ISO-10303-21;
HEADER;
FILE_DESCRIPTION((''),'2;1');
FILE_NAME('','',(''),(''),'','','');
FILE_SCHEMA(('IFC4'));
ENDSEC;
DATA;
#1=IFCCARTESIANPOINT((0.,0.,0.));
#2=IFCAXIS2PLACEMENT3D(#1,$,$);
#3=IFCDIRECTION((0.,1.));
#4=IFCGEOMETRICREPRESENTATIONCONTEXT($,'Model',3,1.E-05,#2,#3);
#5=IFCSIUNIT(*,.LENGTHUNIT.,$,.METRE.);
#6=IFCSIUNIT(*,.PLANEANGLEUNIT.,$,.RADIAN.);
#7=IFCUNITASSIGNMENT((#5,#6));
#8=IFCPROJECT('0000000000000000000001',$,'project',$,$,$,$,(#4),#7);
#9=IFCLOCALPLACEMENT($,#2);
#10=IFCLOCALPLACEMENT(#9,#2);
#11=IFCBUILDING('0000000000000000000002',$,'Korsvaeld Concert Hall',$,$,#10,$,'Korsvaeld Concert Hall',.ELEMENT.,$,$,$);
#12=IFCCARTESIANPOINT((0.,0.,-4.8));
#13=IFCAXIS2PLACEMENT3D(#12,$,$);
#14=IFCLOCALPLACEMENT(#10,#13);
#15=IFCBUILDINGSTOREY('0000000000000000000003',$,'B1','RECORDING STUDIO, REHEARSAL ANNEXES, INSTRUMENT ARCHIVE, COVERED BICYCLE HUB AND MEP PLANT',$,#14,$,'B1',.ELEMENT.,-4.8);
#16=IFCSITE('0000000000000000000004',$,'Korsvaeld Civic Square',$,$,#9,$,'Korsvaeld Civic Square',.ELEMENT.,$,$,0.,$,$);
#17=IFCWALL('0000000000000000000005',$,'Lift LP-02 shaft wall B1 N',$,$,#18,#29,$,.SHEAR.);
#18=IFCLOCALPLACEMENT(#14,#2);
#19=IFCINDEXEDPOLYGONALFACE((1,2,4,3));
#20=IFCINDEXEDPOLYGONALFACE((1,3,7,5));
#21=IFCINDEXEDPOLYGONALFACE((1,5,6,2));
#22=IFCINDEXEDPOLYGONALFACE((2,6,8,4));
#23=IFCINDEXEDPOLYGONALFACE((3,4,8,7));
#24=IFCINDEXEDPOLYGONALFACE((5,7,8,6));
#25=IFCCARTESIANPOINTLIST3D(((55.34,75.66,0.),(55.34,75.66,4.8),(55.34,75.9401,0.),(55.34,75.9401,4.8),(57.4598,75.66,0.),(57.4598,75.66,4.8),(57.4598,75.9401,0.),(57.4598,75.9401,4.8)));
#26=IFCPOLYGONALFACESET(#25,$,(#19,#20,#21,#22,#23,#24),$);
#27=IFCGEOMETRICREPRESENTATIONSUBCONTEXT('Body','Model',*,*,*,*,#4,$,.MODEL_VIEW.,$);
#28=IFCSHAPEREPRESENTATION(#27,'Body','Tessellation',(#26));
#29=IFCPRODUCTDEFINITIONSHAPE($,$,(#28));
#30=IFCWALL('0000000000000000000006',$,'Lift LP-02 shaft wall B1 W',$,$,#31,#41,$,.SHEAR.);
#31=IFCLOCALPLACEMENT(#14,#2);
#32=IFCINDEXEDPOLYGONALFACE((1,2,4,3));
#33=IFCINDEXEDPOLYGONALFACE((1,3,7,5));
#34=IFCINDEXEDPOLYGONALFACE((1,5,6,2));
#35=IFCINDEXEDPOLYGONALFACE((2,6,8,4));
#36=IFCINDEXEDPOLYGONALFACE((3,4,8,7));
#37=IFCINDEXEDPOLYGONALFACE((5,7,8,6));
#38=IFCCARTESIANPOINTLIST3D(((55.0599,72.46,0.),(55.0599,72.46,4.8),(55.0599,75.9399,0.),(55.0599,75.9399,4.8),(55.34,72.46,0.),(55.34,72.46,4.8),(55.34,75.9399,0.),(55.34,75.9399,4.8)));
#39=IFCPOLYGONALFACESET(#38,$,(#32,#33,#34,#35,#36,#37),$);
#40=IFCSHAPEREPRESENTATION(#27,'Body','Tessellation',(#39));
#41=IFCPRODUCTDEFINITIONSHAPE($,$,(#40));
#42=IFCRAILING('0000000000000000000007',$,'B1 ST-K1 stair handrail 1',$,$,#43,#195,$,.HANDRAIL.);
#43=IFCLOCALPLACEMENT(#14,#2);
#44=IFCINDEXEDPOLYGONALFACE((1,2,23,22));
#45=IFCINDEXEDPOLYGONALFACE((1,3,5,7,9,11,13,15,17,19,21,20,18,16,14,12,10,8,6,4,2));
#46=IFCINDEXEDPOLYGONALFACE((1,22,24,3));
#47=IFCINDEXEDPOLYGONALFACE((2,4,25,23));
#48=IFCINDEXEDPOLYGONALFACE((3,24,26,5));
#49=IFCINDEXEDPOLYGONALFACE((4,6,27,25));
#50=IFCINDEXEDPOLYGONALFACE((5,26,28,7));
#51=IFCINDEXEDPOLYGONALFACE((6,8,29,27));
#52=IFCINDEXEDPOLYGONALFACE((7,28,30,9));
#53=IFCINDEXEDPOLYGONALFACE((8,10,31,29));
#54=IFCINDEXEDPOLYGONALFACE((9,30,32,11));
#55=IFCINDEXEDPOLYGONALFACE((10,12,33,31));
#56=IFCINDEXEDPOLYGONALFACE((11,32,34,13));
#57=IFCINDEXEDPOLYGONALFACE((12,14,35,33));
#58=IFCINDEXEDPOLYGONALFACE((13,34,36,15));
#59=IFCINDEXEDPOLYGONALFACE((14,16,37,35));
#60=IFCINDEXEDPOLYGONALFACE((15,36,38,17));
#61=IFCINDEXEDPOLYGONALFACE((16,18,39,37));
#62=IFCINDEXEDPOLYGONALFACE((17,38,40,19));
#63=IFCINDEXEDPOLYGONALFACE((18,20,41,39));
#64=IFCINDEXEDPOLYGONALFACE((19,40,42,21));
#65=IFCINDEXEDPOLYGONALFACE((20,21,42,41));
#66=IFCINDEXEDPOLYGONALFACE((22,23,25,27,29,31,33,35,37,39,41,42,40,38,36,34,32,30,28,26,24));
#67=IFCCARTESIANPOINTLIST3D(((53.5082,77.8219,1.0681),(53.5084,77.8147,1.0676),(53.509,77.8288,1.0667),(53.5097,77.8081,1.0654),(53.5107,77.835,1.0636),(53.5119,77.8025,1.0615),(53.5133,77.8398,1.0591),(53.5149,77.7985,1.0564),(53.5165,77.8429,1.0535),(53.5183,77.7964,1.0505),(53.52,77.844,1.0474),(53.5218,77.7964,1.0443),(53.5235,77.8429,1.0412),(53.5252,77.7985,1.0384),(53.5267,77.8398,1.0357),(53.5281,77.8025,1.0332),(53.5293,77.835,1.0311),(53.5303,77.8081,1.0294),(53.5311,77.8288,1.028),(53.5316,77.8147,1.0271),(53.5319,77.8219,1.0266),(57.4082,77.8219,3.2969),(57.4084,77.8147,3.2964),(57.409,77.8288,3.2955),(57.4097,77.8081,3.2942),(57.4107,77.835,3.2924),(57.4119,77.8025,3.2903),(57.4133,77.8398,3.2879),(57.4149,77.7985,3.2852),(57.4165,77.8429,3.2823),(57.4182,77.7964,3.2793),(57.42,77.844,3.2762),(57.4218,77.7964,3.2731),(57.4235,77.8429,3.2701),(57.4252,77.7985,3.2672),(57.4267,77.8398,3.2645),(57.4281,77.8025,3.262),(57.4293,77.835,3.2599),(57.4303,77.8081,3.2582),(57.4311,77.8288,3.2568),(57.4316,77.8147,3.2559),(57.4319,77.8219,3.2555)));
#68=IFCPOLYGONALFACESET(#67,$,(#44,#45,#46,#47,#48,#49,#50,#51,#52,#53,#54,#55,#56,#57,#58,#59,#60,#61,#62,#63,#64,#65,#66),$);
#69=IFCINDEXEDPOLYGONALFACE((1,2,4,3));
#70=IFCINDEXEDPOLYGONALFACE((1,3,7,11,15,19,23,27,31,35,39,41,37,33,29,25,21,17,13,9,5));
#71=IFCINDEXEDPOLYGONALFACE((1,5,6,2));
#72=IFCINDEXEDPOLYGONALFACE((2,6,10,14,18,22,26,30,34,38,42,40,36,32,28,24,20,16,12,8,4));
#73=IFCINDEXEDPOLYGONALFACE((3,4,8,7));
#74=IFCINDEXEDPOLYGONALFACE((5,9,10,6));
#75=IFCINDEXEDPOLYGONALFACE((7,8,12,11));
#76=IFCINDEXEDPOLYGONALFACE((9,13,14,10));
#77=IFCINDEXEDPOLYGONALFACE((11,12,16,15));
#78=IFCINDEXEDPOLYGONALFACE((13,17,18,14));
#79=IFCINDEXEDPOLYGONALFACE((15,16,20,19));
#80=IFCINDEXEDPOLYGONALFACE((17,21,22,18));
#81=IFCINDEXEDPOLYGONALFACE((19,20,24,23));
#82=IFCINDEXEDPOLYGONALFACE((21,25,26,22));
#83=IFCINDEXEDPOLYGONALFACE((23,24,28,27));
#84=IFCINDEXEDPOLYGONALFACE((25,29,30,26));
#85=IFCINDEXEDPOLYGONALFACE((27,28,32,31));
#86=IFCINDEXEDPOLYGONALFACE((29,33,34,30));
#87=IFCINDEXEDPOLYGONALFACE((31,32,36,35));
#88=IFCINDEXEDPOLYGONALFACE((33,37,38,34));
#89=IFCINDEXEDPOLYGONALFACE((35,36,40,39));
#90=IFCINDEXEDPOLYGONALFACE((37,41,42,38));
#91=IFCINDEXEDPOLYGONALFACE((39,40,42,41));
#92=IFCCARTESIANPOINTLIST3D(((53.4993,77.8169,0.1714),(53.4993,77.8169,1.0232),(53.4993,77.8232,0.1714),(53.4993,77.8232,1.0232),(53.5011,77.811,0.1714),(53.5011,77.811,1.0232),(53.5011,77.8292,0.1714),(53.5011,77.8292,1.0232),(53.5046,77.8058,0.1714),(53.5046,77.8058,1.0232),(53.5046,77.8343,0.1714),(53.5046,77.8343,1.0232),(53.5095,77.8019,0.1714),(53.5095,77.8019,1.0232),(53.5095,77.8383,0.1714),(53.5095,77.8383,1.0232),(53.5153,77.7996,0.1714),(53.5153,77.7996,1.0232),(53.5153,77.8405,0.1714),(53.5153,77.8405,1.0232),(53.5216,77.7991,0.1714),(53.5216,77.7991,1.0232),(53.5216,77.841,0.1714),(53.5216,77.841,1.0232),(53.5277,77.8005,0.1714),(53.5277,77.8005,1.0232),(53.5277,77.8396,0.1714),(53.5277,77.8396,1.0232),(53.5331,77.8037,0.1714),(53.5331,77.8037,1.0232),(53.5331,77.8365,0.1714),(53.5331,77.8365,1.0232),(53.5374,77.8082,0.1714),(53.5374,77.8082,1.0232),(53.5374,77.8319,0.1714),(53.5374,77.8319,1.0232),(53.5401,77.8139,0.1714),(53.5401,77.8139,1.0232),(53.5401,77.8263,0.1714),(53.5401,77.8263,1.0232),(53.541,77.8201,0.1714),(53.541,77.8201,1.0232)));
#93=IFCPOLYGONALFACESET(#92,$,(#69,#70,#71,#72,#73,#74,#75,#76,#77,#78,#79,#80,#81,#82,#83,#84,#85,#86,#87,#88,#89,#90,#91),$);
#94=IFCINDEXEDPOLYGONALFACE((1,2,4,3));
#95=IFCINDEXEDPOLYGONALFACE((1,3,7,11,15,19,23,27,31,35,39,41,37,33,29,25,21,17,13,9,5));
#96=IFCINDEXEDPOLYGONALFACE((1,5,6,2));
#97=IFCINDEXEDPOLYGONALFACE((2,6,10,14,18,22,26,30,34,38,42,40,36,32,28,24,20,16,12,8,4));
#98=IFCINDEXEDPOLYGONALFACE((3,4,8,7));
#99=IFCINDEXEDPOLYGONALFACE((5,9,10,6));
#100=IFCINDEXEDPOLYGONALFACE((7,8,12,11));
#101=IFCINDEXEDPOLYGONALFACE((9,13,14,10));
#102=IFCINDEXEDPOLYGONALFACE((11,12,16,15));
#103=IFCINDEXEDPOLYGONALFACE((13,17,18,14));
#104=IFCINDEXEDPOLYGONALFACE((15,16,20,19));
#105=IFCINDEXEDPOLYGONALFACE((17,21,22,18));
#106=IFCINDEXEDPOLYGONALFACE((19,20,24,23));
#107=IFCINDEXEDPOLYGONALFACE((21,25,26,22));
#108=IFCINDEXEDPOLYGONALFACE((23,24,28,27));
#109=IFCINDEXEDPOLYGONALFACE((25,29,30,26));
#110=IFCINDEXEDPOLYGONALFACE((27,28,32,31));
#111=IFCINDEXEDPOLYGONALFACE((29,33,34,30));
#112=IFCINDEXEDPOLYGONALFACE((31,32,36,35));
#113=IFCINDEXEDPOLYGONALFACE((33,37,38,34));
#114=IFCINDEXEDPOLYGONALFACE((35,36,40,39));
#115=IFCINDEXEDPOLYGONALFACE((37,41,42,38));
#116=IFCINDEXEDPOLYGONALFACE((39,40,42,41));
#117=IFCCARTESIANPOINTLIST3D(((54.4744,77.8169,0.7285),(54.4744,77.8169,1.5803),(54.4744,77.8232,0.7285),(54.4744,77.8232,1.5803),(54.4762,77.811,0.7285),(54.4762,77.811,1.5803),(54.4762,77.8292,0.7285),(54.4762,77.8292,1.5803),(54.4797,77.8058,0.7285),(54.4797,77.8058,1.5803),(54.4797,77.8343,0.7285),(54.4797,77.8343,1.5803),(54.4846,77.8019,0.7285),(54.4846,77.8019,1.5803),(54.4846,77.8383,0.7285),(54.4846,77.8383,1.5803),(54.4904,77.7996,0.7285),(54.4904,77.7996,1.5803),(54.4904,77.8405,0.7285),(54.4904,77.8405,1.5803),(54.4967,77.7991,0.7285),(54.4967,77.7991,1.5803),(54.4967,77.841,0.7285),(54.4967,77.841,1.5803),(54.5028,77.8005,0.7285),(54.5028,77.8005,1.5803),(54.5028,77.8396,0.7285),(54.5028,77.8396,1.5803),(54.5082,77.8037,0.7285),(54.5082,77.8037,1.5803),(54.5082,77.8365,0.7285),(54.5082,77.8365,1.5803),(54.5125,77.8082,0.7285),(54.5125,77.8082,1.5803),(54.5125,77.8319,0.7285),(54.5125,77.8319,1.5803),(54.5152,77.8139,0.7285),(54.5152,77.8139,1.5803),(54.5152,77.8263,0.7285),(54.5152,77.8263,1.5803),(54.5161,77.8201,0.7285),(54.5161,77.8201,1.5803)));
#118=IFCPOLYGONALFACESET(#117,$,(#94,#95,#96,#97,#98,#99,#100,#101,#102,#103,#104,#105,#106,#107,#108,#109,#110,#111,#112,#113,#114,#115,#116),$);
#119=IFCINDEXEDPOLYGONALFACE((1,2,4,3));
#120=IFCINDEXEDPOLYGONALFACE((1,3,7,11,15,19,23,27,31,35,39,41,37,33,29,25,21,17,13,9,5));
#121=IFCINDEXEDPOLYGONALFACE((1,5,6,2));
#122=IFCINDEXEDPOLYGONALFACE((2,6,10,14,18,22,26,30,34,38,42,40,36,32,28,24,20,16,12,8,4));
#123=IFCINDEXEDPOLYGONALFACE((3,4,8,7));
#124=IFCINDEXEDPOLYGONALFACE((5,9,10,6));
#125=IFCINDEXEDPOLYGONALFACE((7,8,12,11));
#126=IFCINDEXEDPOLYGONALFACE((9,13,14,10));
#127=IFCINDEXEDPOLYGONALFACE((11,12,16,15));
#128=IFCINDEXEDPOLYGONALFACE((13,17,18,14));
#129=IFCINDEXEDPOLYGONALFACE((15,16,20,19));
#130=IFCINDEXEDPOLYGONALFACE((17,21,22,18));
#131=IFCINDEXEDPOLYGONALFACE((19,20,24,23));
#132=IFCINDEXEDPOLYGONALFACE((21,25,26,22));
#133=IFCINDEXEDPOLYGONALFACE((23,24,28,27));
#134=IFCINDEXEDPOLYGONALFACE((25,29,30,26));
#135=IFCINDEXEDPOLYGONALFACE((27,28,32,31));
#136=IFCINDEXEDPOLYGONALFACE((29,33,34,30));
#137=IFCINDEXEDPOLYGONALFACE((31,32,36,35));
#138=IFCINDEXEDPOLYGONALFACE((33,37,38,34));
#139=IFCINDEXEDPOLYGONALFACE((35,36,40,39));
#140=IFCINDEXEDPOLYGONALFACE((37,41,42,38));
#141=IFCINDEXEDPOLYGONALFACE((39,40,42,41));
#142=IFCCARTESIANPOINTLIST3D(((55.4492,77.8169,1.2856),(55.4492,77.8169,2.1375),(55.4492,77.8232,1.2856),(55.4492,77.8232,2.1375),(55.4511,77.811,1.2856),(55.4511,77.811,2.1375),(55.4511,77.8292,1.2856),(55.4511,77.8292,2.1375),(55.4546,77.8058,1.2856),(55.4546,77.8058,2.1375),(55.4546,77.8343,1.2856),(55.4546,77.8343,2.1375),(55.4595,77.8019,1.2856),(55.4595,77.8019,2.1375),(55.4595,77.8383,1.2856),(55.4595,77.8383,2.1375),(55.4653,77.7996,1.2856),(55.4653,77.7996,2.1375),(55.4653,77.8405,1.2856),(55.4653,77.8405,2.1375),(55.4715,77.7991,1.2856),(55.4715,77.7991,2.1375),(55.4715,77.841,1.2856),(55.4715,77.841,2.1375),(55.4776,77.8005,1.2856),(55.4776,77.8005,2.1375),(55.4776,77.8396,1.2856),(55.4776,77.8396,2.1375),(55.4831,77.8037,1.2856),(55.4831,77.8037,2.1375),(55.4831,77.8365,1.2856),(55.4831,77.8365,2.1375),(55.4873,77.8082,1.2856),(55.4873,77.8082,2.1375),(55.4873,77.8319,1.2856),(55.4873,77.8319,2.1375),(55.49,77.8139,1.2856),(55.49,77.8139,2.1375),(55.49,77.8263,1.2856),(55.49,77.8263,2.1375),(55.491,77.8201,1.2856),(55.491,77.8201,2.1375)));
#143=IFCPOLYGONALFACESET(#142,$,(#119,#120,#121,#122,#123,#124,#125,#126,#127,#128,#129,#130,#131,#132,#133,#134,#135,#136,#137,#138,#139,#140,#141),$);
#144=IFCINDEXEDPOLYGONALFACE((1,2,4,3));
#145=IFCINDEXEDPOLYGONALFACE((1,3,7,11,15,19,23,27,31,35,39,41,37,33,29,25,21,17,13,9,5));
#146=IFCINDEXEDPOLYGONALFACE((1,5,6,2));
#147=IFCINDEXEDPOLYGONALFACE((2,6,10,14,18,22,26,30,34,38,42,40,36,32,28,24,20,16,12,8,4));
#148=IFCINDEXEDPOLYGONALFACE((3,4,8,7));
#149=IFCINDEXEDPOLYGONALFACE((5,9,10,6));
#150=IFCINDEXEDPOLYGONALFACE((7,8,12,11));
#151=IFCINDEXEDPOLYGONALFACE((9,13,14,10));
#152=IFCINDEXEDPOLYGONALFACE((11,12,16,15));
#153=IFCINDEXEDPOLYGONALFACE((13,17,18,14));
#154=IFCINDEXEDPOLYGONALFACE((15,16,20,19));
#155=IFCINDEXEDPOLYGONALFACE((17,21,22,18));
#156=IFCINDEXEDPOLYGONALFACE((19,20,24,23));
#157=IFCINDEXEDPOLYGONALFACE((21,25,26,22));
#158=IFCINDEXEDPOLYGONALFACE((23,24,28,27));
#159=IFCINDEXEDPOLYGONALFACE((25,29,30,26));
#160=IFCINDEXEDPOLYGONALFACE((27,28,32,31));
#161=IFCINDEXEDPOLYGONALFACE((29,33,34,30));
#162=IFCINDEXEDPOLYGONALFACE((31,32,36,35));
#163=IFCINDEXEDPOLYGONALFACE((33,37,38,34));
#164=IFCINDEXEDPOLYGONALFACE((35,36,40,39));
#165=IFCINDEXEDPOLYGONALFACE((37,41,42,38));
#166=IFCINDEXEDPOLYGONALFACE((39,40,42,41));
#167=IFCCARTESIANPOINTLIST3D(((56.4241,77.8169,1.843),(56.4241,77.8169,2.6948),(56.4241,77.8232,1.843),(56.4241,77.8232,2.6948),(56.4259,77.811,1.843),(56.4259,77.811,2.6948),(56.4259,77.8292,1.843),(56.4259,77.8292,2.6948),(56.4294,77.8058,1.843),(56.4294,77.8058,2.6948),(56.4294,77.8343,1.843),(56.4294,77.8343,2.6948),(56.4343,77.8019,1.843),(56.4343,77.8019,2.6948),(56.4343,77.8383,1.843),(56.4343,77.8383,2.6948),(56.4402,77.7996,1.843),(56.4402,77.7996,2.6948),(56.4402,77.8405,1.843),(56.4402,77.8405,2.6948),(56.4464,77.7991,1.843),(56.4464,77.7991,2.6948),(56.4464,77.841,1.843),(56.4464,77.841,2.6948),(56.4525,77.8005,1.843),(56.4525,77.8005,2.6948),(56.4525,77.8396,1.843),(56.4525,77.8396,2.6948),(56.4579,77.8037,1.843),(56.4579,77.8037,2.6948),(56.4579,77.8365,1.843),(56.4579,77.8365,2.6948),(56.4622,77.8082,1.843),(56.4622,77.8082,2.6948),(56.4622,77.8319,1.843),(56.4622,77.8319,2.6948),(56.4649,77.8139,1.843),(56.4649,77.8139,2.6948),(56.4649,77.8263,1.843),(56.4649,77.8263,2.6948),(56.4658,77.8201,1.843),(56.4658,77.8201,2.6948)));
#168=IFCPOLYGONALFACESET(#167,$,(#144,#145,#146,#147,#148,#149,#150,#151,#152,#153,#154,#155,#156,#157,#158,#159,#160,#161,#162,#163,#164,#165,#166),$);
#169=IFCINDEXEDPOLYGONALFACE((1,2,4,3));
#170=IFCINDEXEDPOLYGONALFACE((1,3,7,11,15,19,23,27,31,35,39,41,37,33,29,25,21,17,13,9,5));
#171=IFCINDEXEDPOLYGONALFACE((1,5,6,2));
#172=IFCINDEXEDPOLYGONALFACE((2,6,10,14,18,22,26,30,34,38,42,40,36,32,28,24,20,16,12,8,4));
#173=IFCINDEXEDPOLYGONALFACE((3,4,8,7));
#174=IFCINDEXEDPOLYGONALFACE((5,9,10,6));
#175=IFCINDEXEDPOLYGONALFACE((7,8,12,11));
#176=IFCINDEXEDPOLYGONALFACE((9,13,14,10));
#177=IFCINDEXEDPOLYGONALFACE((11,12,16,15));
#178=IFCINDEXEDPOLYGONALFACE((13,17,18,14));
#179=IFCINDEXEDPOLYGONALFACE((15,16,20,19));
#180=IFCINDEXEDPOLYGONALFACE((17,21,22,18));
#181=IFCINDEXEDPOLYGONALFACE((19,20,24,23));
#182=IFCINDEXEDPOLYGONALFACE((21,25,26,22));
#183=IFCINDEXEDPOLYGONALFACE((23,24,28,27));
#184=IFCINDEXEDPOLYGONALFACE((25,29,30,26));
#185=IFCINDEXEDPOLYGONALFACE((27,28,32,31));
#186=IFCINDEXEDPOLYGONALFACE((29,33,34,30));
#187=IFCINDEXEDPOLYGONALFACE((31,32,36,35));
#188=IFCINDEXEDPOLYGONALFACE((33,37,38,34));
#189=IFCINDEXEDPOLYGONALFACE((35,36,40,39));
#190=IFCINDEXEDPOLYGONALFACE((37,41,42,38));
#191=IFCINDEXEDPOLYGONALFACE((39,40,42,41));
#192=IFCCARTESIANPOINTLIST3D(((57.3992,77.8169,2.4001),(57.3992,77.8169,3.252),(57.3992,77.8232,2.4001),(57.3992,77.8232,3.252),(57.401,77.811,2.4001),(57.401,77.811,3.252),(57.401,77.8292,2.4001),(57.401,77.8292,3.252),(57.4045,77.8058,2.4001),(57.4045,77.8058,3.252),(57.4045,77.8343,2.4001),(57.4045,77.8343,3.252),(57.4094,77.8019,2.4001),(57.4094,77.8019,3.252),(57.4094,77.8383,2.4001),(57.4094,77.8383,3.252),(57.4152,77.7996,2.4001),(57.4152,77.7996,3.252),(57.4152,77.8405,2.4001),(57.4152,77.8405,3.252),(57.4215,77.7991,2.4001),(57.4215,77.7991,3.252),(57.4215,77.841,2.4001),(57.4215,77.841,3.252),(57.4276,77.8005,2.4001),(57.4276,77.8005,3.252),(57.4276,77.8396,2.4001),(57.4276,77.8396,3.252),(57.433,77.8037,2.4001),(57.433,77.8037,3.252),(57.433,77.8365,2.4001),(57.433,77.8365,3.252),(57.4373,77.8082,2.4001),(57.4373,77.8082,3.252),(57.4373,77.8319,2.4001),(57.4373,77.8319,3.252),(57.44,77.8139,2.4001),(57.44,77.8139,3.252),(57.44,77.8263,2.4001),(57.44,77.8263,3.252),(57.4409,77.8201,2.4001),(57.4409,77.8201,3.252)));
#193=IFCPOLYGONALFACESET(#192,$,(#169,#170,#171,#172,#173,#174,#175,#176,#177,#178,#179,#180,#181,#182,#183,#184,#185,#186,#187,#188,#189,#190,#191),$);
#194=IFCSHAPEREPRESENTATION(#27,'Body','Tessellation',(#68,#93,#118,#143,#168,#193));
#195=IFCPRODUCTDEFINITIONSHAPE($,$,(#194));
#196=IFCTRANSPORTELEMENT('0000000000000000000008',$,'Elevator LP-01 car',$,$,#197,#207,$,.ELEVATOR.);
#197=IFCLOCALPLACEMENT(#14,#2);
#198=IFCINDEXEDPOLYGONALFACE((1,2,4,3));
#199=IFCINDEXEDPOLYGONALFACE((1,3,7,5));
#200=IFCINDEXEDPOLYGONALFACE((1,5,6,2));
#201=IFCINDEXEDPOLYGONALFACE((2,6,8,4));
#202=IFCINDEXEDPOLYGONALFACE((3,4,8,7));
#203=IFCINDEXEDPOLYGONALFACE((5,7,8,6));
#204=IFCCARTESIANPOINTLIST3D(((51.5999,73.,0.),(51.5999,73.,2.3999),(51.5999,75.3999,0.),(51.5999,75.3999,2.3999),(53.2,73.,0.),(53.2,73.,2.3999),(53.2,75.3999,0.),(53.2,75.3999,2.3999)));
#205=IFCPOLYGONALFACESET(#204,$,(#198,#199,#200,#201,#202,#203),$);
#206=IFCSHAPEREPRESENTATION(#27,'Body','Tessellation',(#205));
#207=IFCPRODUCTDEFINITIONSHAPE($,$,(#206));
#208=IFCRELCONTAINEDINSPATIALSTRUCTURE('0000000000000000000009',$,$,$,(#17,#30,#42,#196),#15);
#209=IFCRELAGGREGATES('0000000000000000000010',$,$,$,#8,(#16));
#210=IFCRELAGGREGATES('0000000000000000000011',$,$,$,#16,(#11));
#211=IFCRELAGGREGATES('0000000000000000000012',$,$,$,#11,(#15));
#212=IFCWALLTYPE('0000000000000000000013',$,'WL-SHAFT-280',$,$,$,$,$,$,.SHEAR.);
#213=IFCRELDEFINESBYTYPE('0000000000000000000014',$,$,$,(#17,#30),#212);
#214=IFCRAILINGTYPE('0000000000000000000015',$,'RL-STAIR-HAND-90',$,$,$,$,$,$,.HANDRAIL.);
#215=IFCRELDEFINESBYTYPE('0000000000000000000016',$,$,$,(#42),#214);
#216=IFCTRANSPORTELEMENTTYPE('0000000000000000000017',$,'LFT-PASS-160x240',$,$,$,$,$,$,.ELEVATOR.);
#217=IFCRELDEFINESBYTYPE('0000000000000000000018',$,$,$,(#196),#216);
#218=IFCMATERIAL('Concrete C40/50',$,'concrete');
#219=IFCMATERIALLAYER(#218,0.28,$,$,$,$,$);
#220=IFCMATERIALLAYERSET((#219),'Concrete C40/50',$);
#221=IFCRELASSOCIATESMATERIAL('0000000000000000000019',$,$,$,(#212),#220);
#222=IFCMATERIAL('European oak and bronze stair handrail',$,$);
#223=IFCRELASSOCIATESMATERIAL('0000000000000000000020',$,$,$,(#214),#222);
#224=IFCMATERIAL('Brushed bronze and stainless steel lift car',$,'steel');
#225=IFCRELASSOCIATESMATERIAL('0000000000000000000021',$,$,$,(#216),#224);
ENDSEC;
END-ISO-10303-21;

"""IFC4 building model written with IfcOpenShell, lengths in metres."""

from ifc_helpers import new_model, si_unit, direction, frame, frame_2d, origin, origin_2d, place, context, subcontext, project, spatial, rectangle, circle, extrude, material, layer, layer_set, type_object, element, save


model = new_model("IFC4")

# Units and contexts
model_context = context("Model", 3, precision=1e-05, world=origin(), true_north=direction((0.0, 1.0)))
body_context = subcontext(model_context, "Body", "Model", "MODEL_VIEW")
ifc_project = project(units=[si_unit("LENGTHUNIT", "METRE"), si_unit("PLANEANGLEUNIT", "RADIAN")], contexts=[model_context])

# Site, building, storey
site_placement = place(None, origin())
site = spatial("IfcSite", under=ifc_project, at=site_placement, Name="Korsvaeld Civic Square", LongName="Korsvaeld Civic Square", CompositionType="ELEMENT", RefElevation=0.0)
building_placement = place(site_placement, origin())
building = spatial("IfcBuilding", under=site, at=building_placement, Name="Korsvaeld Concert Hall", LongName="Korsvaeld Concert Hall", CompositionType="ELEMENT")
storey_placement = place(building_placement, frame((0.0, 0.0, -4.8)))
storey = spatial("IfcBuildingStorey", under=building, at=storey_placement, Name="B1", Description="RECORDING STUDIO, REHEARSAL ANNEXES, INSTRUMENT ARCHIVE, COVERED BICYCLE HUB AND MEP PLANT", LongName="B1", CompositionType="ELEMENT", Elevation=-4.8)

# Shared definitions
ifc_material_1 = material(Name="Concrete C40/50", Category="concrete")

# Shared definitions
ifc_layer_1 = layer(ifc_material_1, 0.28)
ifc_layer_set_1 = layer_set([ifc_layer_1], Name="Concrete C40/50")
wall_type_1 = type_object("IfcWallType", Name="WL-SHAFT-280", PredefinedType="SHEAR", material=ifc_layer_set_1)

# Walls
wall_1_placement = place(storey_placement, frame((57.46, 75.8, 0.0), z_axis=(0.0, 0.0, 1.0), x_axis=(-1.0, 0.0, 0.0)))
element("IfcWall", 1, at=wall_1_placement, inside=storey, type_object=wall_type_1, Name="Lift LP-02 shaft wall B1 N", PredefinedType="SHEAR", context=body_context, shape_type="SweptSolid", body=[
    extrude(rectangle(XDim=2.1199, YDim=0.28, at=frame_2d((1.0601, 0.0))), origin(), (0.0, 0.0, 1.0), 4.8),
])
wall_2_placement = place(storey_placement, frame((55.2, 75.9399, 0.0), z_axis=(0.0, 0.0, 1.0), x_axis=(0.0, -1.0, 0.0)))
element("IfcWall", 2, at=wall_2_placement, inside=storey, type_object=wall_type_1, Name="Lift LP-02 shaft wall B1 W", PredefinedType="SHEAR", context=body_context, shape_type="SweptSolid", body=[
    extrude(rectangle(XDim=3.48, YDim=0.28, at=frame_2d((1.74, 0.0))), origin(), (0.0, 0.0, 1.0), 4.8),
])

# Railing
ifc_material_2 = material(Name="European oak and bronze stair handrail")
railing_type = type_object("IfcRailingType", Name="RL-STAIR-HAND-90", PredefinedType="HANDRAIL", material=ifc_material_2)
railing_placement = place(storey_placement, frame((53.52, 77.8201, 0.1714)))
element("IfcRailing", 3, at=railing_placement, inside=storey, type_object=railing_type, Name="B1 ST-K1 stair handrail 1", PredefinedType="HANDRAIL", context=body_context, shape_type="SweptSolid", body=[
    extrude(circle(Radius=0.0239, at=origin_2d()), frame((0.0, 0.0, 0.876), z_axis=(0.86822, 0.0, 0.49618), x_axis=(0.0, 1.0, 0.0)), (0.0, 0.0, 1.0), 4.4919),
    extrude(circle(Radius=0.021, at=origin_2d()), origin(), (0.0, 0.0, 1.0), 0.8518),
    extrude(circle(Radius=0.021, at=origin_2d()), frame((0.9751, 0.0, 0.5571)), (0.0, 0.0, 1.0), 0.8518),
    extrude(circle(Radius=0.021, at=origin_2d()), frame((1.95, 0.0, 1.1143)), (0.0, 0.0, 1.0), 0.8518),
    extrude(circle(Radius=0.021, at=origin_2d()), frame((2.9248, 0.0, 1.6716)), (0.0, 0.0, 1.0), 0.8518),
    extrude(circle(Radius=0.021, at=origin_2d()), frame((3.8999, 0.0, 2.2288)), (0.0, 0.0, 1.0), 0.8518),
])

# Transport element
ifc_material_3 = material(Name="Brushed bronze and stainless steel lift car", Category="steel")
transport_element_type = type_object("IfcTransportElementType", Name="LFT-PASS-160x240", PredefinedType="ELEVATOR", material=ifc_material_3)
for number, where, z_axis, x_axis, name in (
    (4, (52.3999, 74.2, 0.0), (0.0, 0.0, 1.0), (1.0, 0.0, 0.0), "Elevator LP-01 car"),
):
    element("IfcTransportElement", number, at=place(storey_placement, frame(where, z_axis=z_axis, x_axis=x_axis)), inside=storey, type_object=transport_element_type, Name=name, PredefinedType="ELEVATOR", context=body_context, shape_type="SweptSolid", body=[
        extrude(rectangle(XDim=1.6001, YDim=2.3999, at=origin_2d()), origin(), (0.0, 0.0, 1.0), 2.3999),
    ])

save(model, "model.ifc")
